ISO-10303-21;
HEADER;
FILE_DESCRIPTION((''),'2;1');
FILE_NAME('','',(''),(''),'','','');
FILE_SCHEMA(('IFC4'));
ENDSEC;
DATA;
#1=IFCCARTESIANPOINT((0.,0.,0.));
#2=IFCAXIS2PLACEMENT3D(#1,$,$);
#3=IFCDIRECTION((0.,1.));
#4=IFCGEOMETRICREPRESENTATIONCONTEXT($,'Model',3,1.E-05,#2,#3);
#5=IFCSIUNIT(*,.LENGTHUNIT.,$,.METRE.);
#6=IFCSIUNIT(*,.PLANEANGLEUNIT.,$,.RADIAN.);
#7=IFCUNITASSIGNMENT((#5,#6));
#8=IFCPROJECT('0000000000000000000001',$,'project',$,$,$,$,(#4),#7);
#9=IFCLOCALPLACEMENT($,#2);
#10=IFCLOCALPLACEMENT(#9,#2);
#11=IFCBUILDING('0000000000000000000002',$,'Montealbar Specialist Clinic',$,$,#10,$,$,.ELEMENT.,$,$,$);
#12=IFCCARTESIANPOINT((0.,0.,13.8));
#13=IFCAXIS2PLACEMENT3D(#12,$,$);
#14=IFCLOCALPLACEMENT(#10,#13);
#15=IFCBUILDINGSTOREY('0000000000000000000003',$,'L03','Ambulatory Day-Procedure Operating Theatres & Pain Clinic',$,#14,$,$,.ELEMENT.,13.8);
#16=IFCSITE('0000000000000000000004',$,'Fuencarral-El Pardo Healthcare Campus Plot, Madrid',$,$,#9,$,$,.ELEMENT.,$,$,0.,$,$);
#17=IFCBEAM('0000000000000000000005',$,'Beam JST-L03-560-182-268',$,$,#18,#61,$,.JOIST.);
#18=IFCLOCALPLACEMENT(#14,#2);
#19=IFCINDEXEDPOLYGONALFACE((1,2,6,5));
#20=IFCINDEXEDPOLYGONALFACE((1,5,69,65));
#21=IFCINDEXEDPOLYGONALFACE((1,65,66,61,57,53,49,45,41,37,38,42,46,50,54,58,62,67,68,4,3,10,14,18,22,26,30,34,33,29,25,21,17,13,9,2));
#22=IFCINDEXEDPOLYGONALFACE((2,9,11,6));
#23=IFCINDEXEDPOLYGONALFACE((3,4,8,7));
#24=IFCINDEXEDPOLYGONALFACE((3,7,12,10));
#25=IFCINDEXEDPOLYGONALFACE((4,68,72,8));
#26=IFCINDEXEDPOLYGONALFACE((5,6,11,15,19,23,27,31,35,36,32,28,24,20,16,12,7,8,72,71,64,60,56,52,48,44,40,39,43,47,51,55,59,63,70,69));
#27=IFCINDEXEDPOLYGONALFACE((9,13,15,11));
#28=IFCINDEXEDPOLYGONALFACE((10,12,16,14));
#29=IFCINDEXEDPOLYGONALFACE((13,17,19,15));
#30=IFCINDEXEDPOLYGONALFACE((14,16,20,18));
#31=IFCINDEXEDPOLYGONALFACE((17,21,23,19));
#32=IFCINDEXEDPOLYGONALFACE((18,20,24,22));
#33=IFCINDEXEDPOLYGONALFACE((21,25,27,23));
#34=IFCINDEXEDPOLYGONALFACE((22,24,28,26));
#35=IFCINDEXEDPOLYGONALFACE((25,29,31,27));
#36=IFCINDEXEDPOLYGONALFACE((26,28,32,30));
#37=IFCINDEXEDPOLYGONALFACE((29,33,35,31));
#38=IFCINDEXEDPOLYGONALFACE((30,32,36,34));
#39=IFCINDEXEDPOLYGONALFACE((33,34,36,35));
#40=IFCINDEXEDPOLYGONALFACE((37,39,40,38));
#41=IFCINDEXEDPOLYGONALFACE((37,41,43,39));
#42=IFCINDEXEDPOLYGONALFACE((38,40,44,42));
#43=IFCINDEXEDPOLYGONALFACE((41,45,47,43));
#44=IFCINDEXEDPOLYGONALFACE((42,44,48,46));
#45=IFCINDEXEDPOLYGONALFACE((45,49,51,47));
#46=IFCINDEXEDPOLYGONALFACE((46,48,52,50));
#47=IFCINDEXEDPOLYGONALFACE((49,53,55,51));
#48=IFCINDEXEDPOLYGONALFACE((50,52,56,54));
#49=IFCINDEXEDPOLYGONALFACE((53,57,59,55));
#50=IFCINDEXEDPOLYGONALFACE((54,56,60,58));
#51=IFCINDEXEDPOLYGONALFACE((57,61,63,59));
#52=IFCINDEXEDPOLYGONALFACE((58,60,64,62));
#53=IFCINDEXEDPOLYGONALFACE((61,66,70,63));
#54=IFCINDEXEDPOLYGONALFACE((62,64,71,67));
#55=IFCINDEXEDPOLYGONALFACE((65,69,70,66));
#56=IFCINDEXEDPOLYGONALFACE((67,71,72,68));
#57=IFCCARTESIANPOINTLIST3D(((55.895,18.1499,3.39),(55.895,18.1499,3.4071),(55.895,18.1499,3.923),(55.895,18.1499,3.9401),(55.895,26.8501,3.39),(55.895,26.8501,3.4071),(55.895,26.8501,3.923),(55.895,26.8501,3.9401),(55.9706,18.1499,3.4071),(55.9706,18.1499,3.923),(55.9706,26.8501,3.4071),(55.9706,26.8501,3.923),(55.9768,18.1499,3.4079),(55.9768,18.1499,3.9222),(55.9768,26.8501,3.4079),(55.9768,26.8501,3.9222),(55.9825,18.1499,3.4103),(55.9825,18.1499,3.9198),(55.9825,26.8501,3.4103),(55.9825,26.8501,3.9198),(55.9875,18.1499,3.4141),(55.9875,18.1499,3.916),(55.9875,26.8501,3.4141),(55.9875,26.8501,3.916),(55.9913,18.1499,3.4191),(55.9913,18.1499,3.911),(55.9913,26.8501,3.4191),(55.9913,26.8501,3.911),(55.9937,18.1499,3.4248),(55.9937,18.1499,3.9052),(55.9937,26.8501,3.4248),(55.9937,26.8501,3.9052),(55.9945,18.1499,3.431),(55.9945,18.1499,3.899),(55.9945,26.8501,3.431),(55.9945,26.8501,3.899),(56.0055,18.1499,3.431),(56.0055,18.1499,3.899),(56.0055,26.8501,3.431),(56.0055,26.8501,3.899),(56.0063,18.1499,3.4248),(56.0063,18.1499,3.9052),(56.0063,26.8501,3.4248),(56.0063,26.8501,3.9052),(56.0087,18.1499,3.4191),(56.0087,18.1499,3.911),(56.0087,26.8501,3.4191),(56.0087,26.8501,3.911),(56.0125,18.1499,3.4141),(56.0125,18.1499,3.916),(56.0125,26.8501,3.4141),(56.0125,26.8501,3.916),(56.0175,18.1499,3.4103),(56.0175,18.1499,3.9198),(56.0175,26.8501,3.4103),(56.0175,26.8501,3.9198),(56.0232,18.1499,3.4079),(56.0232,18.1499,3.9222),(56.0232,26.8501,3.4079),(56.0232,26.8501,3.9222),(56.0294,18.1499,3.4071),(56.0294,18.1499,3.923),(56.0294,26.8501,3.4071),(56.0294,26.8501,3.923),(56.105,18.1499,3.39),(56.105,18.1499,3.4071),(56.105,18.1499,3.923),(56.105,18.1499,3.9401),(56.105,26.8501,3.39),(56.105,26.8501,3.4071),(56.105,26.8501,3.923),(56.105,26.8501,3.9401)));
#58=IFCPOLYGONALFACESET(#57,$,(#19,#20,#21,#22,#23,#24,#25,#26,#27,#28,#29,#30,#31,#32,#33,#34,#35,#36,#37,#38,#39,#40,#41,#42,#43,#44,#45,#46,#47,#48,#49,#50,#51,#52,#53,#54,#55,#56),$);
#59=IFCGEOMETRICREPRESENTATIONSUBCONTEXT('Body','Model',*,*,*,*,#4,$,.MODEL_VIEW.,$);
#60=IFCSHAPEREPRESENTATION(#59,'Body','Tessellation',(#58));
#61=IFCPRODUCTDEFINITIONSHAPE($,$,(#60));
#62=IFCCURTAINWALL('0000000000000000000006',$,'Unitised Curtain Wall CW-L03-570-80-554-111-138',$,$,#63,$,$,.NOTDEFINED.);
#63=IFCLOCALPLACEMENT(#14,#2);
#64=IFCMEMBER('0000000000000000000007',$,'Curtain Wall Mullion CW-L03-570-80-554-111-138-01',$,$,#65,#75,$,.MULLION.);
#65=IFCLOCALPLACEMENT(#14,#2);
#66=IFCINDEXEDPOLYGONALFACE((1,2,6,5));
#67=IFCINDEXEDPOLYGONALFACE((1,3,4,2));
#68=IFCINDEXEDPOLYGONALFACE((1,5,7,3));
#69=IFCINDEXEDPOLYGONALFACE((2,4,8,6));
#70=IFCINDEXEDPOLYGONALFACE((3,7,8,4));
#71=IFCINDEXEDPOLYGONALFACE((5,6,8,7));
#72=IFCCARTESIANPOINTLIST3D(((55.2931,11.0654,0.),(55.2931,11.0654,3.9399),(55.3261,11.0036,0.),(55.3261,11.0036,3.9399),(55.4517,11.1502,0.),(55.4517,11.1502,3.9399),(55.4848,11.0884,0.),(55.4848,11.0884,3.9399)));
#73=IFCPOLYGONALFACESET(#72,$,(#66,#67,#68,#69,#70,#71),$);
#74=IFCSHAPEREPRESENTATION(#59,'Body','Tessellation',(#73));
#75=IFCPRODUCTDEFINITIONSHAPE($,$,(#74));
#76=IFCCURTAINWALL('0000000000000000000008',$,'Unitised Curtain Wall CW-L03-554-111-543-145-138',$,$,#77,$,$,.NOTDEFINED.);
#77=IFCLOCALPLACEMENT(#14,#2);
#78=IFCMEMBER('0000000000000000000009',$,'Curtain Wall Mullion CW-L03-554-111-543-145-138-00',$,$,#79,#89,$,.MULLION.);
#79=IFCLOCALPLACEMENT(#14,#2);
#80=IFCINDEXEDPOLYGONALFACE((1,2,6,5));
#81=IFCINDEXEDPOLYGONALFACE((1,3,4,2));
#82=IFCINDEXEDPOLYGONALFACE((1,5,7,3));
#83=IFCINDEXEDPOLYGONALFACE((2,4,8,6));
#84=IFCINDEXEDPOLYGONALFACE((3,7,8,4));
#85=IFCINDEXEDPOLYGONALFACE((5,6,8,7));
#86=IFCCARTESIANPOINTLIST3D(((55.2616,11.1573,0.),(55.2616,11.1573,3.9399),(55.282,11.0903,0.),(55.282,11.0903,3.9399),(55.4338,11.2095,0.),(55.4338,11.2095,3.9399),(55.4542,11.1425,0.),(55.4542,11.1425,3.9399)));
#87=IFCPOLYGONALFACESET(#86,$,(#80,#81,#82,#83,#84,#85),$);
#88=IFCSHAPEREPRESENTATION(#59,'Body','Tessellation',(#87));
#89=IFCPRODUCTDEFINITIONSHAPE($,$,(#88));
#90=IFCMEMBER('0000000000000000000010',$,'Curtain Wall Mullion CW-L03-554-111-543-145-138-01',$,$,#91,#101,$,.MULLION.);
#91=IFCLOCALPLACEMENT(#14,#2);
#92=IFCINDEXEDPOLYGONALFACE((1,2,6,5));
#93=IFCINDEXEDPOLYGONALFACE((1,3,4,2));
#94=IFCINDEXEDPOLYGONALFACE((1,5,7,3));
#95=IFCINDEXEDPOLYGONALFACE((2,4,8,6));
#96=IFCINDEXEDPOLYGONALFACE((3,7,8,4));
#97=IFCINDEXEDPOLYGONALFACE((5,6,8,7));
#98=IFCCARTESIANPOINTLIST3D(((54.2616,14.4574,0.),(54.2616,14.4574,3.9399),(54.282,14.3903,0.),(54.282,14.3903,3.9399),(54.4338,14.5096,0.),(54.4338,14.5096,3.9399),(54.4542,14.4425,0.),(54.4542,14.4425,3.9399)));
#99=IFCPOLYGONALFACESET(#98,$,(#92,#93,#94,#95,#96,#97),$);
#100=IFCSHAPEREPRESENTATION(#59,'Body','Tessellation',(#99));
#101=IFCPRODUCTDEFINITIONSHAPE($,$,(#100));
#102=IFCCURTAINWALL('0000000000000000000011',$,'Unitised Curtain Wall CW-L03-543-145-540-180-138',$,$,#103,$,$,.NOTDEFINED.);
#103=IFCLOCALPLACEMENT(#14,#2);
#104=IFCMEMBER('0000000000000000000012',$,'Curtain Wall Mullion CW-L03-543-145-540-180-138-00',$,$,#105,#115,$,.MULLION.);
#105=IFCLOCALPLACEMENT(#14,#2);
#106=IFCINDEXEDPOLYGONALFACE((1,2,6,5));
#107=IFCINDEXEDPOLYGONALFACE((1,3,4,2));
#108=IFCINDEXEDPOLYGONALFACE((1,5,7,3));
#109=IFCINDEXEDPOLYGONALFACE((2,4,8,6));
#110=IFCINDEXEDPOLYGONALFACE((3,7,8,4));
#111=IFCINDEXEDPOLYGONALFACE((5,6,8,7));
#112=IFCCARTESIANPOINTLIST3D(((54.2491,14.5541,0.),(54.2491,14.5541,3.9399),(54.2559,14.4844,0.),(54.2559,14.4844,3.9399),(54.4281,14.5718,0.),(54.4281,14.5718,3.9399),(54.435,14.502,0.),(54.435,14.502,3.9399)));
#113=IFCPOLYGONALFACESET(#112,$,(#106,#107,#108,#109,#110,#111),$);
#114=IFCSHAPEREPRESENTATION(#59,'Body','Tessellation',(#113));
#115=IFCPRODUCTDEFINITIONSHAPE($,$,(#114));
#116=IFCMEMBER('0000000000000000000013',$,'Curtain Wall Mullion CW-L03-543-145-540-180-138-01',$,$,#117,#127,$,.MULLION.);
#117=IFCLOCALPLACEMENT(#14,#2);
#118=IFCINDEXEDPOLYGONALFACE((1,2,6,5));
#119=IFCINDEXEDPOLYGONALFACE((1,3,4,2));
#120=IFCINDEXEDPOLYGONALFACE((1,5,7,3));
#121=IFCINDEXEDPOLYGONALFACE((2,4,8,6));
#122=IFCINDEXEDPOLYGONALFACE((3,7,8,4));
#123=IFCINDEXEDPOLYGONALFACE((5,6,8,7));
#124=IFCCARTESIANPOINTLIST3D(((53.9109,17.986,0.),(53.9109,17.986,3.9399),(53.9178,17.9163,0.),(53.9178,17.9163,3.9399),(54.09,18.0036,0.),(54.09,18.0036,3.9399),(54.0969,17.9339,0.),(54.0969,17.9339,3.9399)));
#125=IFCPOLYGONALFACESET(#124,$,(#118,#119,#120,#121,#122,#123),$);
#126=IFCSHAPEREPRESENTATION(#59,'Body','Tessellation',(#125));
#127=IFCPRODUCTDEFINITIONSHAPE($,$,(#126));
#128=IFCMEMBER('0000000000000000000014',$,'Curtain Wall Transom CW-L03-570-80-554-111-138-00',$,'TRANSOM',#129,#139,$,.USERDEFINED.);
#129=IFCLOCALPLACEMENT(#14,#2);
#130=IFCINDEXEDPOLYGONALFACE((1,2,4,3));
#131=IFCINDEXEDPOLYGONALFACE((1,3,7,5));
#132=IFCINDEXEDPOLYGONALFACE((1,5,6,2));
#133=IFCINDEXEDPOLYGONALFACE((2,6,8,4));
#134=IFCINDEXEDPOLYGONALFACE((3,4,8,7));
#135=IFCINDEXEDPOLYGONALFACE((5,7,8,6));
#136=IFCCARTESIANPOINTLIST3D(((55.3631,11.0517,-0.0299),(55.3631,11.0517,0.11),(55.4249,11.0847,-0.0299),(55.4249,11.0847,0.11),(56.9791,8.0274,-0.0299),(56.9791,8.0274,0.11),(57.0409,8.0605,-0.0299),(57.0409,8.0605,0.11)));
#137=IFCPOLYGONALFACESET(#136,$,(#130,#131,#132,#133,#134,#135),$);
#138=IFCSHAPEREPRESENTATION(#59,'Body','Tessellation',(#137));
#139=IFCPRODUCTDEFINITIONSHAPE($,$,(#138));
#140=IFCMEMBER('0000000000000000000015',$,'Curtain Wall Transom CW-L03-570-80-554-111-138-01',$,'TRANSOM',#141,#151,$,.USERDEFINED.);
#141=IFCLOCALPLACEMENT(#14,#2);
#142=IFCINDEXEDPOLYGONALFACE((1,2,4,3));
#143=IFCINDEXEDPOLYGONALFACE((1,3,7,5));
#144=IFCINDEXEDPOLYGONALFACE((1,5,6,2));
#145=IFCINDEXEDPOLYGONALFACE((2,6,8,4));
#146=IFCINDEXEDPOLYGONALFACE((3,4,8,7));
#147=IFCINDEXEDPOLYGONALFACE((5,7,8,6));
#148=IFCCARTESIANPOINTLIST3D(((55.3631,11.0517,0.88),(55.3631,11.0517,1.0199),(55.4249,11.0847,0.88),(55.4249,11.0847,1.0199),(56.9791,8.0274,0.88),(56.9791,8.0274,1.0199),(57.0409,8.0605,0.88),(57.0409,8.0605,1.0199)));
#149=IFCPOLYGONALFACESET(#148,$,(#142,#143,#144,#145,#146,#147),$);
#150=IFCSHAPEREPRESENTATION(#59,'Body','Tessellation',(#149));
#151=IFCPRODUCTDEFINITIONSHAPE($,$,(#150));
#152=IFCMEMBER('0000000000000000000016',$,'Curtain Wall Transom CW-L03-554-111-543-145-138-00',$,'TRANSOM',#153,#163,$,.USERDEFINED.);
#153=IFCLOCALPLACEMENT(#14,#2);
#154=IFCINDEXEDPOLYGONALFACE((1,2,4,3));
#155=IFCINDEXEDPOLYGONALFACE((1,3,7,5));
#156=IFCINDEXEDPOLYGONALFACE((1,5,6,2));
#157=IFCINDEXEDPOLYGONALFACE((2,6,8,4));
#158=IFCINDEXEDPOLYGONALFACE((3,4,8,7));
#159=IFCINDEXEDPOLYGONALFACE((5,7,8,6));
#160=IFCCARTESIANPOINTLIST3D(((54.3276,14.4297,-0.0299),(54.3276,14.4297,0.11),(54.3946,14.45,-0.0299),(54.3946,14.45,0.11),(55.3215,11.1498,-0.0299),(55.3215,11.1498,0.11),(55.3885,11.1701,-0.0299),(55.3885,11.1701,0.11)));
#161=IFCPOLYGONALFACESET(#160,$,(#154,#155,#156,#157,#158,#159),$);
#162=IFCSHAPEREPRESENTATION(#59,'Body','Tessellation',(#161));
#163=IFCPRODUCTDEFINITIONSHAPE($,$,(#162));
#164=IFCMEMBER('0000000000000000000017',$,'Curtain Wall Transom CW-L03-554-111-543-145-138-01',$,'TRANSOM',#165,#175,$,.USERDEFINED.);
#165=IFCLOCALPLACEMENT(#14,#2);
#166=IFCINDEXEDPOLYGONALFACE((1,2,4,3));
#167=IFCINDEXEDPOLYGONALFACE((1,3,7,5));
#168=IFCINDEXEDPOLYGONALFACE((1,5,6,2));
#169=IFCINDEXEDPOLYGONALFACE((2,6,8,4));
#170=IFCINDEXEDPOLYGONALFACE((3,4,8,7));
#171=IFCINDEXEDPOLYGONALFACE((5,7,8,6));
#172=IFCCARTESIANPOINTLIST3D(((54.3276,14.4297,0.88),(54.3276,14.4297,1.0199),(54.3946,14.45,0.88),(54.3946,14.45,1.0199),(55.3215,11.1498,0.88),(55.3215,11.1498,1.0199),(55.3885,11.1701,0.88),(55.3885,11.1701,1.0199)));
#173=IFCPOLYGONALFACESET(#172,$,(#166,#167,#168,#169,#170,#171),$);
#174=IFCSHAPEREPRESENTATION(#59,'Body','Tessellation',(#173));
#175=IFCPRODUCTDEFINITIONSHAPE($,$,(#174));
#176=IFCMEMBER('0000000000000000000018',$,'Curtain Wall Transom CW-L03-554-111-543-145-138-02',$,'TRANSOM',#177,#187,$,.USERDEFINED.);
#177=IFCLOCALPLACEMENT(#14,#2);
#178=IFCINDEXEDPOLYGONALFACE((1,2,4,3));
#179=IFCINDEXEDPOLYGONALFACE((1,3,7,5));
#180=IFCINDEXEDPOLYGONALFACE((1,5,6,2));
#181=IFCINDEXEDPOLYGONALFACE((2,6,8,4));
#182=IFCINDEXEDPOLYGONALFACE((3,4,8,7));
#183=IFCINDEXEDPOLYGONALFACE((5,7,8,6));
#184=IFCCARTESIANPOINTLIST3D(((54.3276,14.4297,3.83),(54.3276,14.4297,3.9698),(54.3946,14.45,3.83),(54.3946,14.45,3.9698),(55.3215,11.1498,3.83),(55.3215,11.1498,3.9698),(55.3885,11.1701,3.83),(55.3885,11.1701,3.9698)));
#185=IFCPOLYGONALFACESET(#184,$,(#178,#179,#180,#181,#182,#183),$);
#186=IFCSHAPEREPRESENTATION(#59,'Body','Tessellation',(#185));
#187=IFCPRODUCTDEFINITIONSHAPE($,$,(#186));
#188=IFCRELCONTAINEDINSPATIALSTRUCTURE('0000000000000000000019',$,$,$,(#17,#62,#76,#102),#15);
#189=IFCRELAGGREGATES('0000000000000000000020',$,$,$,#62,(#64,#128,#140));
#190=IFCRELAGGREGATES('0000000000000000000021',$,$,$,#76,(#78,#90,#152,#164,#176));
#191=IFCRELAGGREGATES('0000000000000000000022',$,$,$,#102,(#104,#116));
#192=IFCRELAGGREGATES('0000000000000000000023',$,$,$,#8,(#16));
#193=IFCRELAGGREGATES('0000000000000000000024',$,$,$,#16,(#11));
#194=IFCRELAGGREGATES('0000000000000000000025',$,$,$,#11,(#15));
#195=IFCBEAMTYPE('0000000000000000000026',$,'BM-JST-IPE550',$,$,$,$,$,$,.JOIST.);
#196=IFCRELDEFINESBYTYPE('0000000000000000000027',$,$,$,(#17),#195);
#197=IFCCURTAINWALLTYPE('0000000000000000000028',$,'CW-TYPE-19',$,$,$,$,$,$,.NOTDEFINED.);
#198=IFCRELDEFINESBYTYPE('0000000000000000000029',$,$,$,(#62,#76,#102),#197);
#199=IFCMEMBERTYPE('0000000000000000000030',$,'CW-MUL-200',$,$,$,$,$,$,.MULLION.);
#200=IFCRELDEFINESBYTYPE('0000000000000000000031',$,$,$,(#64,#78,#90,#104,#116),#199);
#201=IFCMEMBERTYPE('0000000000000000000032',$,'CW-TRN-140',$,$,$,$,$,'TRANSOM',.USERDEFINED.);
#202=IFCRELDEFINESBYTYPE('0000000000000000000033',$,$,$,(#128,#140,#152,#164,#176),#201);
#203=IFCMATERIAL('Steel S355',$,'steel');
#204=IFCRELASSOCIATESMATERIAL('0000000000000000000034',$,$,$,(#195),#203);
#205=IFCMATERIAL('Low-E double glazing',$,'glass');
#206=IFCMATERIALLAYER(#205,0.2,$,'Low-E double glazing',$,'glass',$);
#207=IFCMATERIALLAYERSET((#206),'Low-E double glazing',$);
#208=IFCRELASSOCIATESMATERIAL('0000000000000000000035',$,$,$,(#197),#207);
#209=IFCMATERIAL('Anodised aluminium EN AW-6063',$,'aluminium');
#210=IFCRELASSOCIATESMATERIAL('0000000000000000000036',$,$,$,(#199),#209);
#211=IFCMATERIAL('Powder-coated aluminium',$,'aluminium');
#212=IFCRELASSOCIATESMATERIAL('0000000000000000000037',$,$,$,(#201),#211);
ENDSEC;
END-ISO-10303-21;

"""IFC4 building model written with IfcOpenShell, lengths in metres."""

from ifc_helpers import new_model, si_unit, direction, frame, origin, origin_2d, place, context, subcontext, project, spatial, rectangle, i_section, extrude, material, layer, layer_set, material_profile, profile_set, type_object, element, aggregate, save


model = new_model("IFC4")

# Units and contexts
model_context = context("Model", 3, precision=1e-05, world=origin(), true_north=direction((0.0, 1.0)))
body_context = subcontext(model_context, "Body", "Model", "MODEL_VIEW")
ifc_project = project(units=[si_unit("LENGTHUNIT", "METRE"), si_unit("PLANEANGLEUNIT", "RADIAN")], contexts=[model_context])

# Site, building, storey
site_placement = place(None, origin())
site = spatial("IfcSite", under=ifc_project, at=site_placement, Name="Fuencarral-El Pardo Healthcare Campus Plot, Madrid", CompositionType="ELEMENT", RefElevation=0.0)
building_placement = place(site_placement, origin())
building = spatial("IfcBuilding", under=site, at=building_placement, Name="Montealbar Specialist Clinic", CompositionType="ELEMENT")
storey_placement = place(building_placement, frame((0.0, 0.0, 13.8)))
storey = spatial("IfcBuildingStorey", under=building, at=storey_placement, Name="L03", Description="Ambulatory Day-Procedure Operating Theatres & Pain Clinic", CompositionType="ELEMENT", Elevation=13.8)

# Beam
ifc_material_1 = material(Name="Steel S355", Category="steel")
ifc_material_profile_1 = material_profile(ifc_material_1, i_section(OverallWidth=0.21, OverallDepth=0.55, WebThickness=0.011, FlangeThickness=0.0171, FilletRadius=0.0239, at=origin_2d()), Name="IPE 550", Category="steel")
ifc_profile_set_1 = profile_set([ifc_material_profile_1], Name="Steel S355")
beam_type = type_object("IfcBeamType", Name="BM-JST-IPE550", PredefinedType="JOIST", material=ifc_profile_set_1)
beam_placement = place(storey_placement, frame((56.0, 18.1499, 3.665), z_axis=(0.0, 1.0, 0.0), x_axis=(-1.0, 0.0, 0.0)))
element("IfcBeam", 1, at=beam_placement, inside=storey, type_object=beam_type, Name="Beam JST-L03-560-182-268", PredefinedType="JOIST", context=body_context, shape_type="SweptSolid", body=[
    extrude(i_section(OverallWidth=0.21, OverallDepth=0.55, WebThickness=0.011, FlangeThickness=0.0171, FilletRadius=0.0239, at=origin_2d()), origin(), (0.0, 0.0, 1.0), 8.7002),
])

# Curtain wall, member
ifc_material_2 = material(Name="Low-E double glazing", Category="glass")
ifc_layer_1 = layer(ifc_material_2, 0.2, Name="Low-E double glazing", Category="glass")
ifc_layer_set_1 = layer_set([ifc_layer_1], Name="Low-E double glazing")
curtain_wall_type_1 = type_object("IfcCurtainWallType", Name="CW-TYPE-19", PredefinedType="NOTDEFINED", material=ifc_layer_set_1)
curtain_wall_1_placement = place(storey_placement, origin())
curtain_wall_1 = element("IfcCurtainWall", 2, at=curtain_wall_1_placement, inside=storey, type_object=curtain_wall_type_1, Name="Unitised Curtain Wall CW-L03-570-80-554-111-138", PredefinedType="NOTDEFINED")
ifc_material_3 = material(Name="Anodised aluminium EN AW-6063", Category="aluminium")
ifc_material_profile_2 = material_profile(ifc_material_3, rectangle(XDim=0.0701, YDim=0.1799, at=origin_2d()), Name="ALU 70x180", Category="aluminium")
ifc_profile_set_2 = profile_set([ifc_material_profile_2], Name="Anodised aluminium EN AW-6063")
member_type_1 = type_object("IfcMemberType", Name="CW-MUL-200", PredefinedType="MULLION", material=ifc_profile_set_2)
member_1_placement = place(storey_placement, frame((55.3889, 11.0769, 0.0), z_axis=(0.0, 0.0, 1.0), x_axis=(-0.471529, 0.88185, 0.0)))
member_1 = element("IfcMember", 3, at=member_1_placement, type_object=member_type_1, Name="Curtain Wall Mullion CW-L03-570-80-554-111-138-01", PredefinedType="MULLION", context=body_context, shape_type="SweptSolid", body=[
    extrude(rectangle(XDim=0.0701, YDim=0.1799, at=origin_2d()), origin(), (0.0, 0.0, 1.0), 3.9399),
])

# Curtain walls, members
curtain_wall_2_placement = place(storey_placement, origin())
curtain_wall_2 = element("IfcCurtainWall", 4, at=curtain_wall_2_placement, inside=storey, type_object=curtain_wall_type_1, Name="Unitised Curtain Wall CW-L03-554-111-543-145-138", PredefinedType="NOTDEFINED")
member_2_placement = place(storey_placement, frame((55.3579, 11.1499, 0.0), z_axis=(0.0, 0.0, 1.0), x_axis=(-0.290259, 0.956948, 0.0)))
member_2 = element("IfcMember", 5, at=member_2_placement, type_object=member_type_1, Name="Curtain Wall Mullion CW-L03-554-111-543-145-138-00", PredefinedType="MULLION", context=body_context, shape_type="SweptSolid", body=[
    extrude(rectangle(XDim=0.0701, YDim=0.1799, at=origin_2d()), origin(), (0.0, 0.0, 1.0), 3.9399),
])
member_3_placement = place(storey_placement, frame((54.3579, 14.45, 0.0), z_axis=(0.0, 0.0, 1.0), x_axis=(-0.290259, 0.956948, 0.0)))
member_3 = element("IfcMember", 6, at=member_3_placement, type_object=member_type_1, Name="Curtain Wall Mullion CW-L03-554-111-543-145-138-01", PredefinedType="MULLION", context=body_context, shape_type="SweptSolid", body=[
    extrude(rectangle(XDim=0.0701, YDim=0.1799, at=origin_2d()), origin(), (0.0, 0.0, 1.0), 3.9399),
])
curtain_wall_3_placement = place(storey_placement, origin())
curtain_wall_3 = element("IfcCurtainWall", 7, at=curtain_wall_3_placement, inside=storey, type_object=curtain_wall_type_1, Name="Unitised Curtain Wall CW-L03-543-145-540-180-138", PredefinedType="NOTDEFINED")
member_4_placement = place(storey_placement, frame((54.342, 14.5281, 0.0), z_axis=(0.0, 0.0, 1.0), x_axis=(-0.098045, 0.995182, 0.0)))
member_4 = element("IfcMember", 8, at=member_4_placement, type_object=member_type_1, Name="Curtain Wall Mullion CW-L03-543-145-540-180-138-00", PredefinedType="MULLION", context=body_context, shape_type="SweptSolid", body=[
    extrude(rectangle(XDim=0.0701, YDim=0.1799, at=origin_2d()), origin(), (0.0, 0.0, 1.0), 3.9399),
])
member_5_placement = place(storey_placement, frame((54.0039, 17.96, 0.0), z_axis=(0.0, 0.0, 1.0), x_axis=(-0.098045, 0.995182, 0.0)))
member_5 = element("IfcMember", 9, at=member_5_placement, type_object=member_type_1, Name="Curtain Wall Mullion CW-L03-543-145-540-180-138-01", PredefinedType="MULLION", context=body_context, shape_type="SweptSolid", body=[
    extrude(rectangle(XDim=0.0701, YDim=0.1799, at=origin_2d()), origin(), (0.0, 0.0, 1.0), 3.9399),
])

# Members
ifc_material_4 = material(Name="Powder-coated aluminium", Category="aluminium")
ifc_material_profile_3 = material_profile(ifc_material_4, rectangle(XDim=0.0701, YDim=0.1399, at=origin_2d()), Name="ALU 70x140", Category="aluminium")
ifc_profile_set_3 = profile_set([ifc_material_profile_3], Name="Powder-coated aluminium")
member_type_2 = type_object("IfcMemberType", Name="CW-TRN-140", ElementType="TRANSOM", PredefinedType="USERDEFINED", material=ifc_profile_set_3)
member_6_placement = place(storey_placement, frame((57.01, 8.0439, 0.04), z_axis=(-0.471287, 0.88198, 0.0), x_axis=(-0.88198, -0.471287, 0.0)))
member_6 = element("IfcMember", 10, at=member_6_placement, type_object=member_type_2, Name="Curtain Wall Transom CW-L03-570-80-554-111-138-00", ObjectType="TRANSOM", PredefinedType="USERDEFINED", context=body_context, shape_type="SweptSolid", body=[
    extrude(rectangle(XDim=0.0701, YDim=0.1399, at=origin_2d()), origin(), (0.0, 0.0, 1.0), 3.429),
])
member_7_placement = place(storey_placement, frame((57.01, 8.0439, 0.95), z_axis=(-0.471287, 0.88198, 0.0), x_axis=(-0.88198, -0.471287, 0.0)))
member_7 = element("IfcMember", 11, at=member_7_placement, type_object=member_type_2, Name="Curtain Wall Transom CW-L03-570-80-554-111-138-01", ObjectType="TRANSOM", PredefinedType="USERDEFINED", context=body_context, shape_type="SweptSolid", body=[
    extrude(rectangle(XDim=0.0701, YDim=0.1399, at=origin_2d()), origin(), (0.0, 0.0, 1.0), 3.429),
])
member_8_placement = place(storey_placement, frame((55.355, 11.1599, 0.04), z_axis=(-0.289994, 0.957029, 0.0), x_axis=(-0.957029, -0.289994, 0.0)))
member_8 = element("IfcMember", 12, at=member_8_placement, type_object=member_type_2, Name="Curtain Wall Transom CW-L03-554-111-543-145-138-00", ObjectType="TRANSOM", PredefinedType="USERDEFINED", context=body_context, shape_type="SweptSolid", body=[
    extrude(rectangle(XDim=0.0701, YDim=0.1399, at=origin_2d()), origin(), (0.0, 0.0, 1.0), 3.4272),
])
member_9_placement = place(storey_placement, frame((55.355, 11.1599, 0.95), z_axis=(-0.289994, 0.957029, 0.0), x_axis=(-0.957029, -0.289994, 0.0)))
member_9 = element("IfcMember", 13, at=member_9_placement, type_object=member_type_2, Name="Curtain Wall Transom CW-L03-554-111-543-145-138-01", ObjectType="TRANSOM", PredefinedType="USERDEFINED", context=body_context, shape_type="SweptSolid", body=[
    extrude(rectangle(XDim=0.0701, YDim=0.1399, at=origin_2d()), origin(), (0.0, 0.0, 1.0), 3.4272),
])
member_10_placement = place(storey_placement, frame((55.355, 11.1599, 3.8999), z_axis=(-0.289994, 0.957029, 0.0), x_axis=(-0.957029, -0.289994, 0.0)))
member_10 = element("IfcMember", 14, at=member_10_placement, type_object=member_type_2, Name="Curtain Wall Transom CW-L03-554-111-543-145-138-02", ObjectType="TRANSOM", PredefinedType="USERDEFINED", context=body_context, shape_type="SweptSolid", body=[
    extrude(rectangle(XDim=0.0701, YDim=0.1399, at=origin_2d()), origin(), (0.0, 0.0, 1.0), 3.4272),
])

aggregate(curtain_wall_1, [member_1, member_6, member_7])
aggregate(curtain_wall_2, [member_2, member_3, member_8, member_9, member_10])
aggregate(curtain_wall_3, [member_4, member_5])

save(model, "model.ifc")
